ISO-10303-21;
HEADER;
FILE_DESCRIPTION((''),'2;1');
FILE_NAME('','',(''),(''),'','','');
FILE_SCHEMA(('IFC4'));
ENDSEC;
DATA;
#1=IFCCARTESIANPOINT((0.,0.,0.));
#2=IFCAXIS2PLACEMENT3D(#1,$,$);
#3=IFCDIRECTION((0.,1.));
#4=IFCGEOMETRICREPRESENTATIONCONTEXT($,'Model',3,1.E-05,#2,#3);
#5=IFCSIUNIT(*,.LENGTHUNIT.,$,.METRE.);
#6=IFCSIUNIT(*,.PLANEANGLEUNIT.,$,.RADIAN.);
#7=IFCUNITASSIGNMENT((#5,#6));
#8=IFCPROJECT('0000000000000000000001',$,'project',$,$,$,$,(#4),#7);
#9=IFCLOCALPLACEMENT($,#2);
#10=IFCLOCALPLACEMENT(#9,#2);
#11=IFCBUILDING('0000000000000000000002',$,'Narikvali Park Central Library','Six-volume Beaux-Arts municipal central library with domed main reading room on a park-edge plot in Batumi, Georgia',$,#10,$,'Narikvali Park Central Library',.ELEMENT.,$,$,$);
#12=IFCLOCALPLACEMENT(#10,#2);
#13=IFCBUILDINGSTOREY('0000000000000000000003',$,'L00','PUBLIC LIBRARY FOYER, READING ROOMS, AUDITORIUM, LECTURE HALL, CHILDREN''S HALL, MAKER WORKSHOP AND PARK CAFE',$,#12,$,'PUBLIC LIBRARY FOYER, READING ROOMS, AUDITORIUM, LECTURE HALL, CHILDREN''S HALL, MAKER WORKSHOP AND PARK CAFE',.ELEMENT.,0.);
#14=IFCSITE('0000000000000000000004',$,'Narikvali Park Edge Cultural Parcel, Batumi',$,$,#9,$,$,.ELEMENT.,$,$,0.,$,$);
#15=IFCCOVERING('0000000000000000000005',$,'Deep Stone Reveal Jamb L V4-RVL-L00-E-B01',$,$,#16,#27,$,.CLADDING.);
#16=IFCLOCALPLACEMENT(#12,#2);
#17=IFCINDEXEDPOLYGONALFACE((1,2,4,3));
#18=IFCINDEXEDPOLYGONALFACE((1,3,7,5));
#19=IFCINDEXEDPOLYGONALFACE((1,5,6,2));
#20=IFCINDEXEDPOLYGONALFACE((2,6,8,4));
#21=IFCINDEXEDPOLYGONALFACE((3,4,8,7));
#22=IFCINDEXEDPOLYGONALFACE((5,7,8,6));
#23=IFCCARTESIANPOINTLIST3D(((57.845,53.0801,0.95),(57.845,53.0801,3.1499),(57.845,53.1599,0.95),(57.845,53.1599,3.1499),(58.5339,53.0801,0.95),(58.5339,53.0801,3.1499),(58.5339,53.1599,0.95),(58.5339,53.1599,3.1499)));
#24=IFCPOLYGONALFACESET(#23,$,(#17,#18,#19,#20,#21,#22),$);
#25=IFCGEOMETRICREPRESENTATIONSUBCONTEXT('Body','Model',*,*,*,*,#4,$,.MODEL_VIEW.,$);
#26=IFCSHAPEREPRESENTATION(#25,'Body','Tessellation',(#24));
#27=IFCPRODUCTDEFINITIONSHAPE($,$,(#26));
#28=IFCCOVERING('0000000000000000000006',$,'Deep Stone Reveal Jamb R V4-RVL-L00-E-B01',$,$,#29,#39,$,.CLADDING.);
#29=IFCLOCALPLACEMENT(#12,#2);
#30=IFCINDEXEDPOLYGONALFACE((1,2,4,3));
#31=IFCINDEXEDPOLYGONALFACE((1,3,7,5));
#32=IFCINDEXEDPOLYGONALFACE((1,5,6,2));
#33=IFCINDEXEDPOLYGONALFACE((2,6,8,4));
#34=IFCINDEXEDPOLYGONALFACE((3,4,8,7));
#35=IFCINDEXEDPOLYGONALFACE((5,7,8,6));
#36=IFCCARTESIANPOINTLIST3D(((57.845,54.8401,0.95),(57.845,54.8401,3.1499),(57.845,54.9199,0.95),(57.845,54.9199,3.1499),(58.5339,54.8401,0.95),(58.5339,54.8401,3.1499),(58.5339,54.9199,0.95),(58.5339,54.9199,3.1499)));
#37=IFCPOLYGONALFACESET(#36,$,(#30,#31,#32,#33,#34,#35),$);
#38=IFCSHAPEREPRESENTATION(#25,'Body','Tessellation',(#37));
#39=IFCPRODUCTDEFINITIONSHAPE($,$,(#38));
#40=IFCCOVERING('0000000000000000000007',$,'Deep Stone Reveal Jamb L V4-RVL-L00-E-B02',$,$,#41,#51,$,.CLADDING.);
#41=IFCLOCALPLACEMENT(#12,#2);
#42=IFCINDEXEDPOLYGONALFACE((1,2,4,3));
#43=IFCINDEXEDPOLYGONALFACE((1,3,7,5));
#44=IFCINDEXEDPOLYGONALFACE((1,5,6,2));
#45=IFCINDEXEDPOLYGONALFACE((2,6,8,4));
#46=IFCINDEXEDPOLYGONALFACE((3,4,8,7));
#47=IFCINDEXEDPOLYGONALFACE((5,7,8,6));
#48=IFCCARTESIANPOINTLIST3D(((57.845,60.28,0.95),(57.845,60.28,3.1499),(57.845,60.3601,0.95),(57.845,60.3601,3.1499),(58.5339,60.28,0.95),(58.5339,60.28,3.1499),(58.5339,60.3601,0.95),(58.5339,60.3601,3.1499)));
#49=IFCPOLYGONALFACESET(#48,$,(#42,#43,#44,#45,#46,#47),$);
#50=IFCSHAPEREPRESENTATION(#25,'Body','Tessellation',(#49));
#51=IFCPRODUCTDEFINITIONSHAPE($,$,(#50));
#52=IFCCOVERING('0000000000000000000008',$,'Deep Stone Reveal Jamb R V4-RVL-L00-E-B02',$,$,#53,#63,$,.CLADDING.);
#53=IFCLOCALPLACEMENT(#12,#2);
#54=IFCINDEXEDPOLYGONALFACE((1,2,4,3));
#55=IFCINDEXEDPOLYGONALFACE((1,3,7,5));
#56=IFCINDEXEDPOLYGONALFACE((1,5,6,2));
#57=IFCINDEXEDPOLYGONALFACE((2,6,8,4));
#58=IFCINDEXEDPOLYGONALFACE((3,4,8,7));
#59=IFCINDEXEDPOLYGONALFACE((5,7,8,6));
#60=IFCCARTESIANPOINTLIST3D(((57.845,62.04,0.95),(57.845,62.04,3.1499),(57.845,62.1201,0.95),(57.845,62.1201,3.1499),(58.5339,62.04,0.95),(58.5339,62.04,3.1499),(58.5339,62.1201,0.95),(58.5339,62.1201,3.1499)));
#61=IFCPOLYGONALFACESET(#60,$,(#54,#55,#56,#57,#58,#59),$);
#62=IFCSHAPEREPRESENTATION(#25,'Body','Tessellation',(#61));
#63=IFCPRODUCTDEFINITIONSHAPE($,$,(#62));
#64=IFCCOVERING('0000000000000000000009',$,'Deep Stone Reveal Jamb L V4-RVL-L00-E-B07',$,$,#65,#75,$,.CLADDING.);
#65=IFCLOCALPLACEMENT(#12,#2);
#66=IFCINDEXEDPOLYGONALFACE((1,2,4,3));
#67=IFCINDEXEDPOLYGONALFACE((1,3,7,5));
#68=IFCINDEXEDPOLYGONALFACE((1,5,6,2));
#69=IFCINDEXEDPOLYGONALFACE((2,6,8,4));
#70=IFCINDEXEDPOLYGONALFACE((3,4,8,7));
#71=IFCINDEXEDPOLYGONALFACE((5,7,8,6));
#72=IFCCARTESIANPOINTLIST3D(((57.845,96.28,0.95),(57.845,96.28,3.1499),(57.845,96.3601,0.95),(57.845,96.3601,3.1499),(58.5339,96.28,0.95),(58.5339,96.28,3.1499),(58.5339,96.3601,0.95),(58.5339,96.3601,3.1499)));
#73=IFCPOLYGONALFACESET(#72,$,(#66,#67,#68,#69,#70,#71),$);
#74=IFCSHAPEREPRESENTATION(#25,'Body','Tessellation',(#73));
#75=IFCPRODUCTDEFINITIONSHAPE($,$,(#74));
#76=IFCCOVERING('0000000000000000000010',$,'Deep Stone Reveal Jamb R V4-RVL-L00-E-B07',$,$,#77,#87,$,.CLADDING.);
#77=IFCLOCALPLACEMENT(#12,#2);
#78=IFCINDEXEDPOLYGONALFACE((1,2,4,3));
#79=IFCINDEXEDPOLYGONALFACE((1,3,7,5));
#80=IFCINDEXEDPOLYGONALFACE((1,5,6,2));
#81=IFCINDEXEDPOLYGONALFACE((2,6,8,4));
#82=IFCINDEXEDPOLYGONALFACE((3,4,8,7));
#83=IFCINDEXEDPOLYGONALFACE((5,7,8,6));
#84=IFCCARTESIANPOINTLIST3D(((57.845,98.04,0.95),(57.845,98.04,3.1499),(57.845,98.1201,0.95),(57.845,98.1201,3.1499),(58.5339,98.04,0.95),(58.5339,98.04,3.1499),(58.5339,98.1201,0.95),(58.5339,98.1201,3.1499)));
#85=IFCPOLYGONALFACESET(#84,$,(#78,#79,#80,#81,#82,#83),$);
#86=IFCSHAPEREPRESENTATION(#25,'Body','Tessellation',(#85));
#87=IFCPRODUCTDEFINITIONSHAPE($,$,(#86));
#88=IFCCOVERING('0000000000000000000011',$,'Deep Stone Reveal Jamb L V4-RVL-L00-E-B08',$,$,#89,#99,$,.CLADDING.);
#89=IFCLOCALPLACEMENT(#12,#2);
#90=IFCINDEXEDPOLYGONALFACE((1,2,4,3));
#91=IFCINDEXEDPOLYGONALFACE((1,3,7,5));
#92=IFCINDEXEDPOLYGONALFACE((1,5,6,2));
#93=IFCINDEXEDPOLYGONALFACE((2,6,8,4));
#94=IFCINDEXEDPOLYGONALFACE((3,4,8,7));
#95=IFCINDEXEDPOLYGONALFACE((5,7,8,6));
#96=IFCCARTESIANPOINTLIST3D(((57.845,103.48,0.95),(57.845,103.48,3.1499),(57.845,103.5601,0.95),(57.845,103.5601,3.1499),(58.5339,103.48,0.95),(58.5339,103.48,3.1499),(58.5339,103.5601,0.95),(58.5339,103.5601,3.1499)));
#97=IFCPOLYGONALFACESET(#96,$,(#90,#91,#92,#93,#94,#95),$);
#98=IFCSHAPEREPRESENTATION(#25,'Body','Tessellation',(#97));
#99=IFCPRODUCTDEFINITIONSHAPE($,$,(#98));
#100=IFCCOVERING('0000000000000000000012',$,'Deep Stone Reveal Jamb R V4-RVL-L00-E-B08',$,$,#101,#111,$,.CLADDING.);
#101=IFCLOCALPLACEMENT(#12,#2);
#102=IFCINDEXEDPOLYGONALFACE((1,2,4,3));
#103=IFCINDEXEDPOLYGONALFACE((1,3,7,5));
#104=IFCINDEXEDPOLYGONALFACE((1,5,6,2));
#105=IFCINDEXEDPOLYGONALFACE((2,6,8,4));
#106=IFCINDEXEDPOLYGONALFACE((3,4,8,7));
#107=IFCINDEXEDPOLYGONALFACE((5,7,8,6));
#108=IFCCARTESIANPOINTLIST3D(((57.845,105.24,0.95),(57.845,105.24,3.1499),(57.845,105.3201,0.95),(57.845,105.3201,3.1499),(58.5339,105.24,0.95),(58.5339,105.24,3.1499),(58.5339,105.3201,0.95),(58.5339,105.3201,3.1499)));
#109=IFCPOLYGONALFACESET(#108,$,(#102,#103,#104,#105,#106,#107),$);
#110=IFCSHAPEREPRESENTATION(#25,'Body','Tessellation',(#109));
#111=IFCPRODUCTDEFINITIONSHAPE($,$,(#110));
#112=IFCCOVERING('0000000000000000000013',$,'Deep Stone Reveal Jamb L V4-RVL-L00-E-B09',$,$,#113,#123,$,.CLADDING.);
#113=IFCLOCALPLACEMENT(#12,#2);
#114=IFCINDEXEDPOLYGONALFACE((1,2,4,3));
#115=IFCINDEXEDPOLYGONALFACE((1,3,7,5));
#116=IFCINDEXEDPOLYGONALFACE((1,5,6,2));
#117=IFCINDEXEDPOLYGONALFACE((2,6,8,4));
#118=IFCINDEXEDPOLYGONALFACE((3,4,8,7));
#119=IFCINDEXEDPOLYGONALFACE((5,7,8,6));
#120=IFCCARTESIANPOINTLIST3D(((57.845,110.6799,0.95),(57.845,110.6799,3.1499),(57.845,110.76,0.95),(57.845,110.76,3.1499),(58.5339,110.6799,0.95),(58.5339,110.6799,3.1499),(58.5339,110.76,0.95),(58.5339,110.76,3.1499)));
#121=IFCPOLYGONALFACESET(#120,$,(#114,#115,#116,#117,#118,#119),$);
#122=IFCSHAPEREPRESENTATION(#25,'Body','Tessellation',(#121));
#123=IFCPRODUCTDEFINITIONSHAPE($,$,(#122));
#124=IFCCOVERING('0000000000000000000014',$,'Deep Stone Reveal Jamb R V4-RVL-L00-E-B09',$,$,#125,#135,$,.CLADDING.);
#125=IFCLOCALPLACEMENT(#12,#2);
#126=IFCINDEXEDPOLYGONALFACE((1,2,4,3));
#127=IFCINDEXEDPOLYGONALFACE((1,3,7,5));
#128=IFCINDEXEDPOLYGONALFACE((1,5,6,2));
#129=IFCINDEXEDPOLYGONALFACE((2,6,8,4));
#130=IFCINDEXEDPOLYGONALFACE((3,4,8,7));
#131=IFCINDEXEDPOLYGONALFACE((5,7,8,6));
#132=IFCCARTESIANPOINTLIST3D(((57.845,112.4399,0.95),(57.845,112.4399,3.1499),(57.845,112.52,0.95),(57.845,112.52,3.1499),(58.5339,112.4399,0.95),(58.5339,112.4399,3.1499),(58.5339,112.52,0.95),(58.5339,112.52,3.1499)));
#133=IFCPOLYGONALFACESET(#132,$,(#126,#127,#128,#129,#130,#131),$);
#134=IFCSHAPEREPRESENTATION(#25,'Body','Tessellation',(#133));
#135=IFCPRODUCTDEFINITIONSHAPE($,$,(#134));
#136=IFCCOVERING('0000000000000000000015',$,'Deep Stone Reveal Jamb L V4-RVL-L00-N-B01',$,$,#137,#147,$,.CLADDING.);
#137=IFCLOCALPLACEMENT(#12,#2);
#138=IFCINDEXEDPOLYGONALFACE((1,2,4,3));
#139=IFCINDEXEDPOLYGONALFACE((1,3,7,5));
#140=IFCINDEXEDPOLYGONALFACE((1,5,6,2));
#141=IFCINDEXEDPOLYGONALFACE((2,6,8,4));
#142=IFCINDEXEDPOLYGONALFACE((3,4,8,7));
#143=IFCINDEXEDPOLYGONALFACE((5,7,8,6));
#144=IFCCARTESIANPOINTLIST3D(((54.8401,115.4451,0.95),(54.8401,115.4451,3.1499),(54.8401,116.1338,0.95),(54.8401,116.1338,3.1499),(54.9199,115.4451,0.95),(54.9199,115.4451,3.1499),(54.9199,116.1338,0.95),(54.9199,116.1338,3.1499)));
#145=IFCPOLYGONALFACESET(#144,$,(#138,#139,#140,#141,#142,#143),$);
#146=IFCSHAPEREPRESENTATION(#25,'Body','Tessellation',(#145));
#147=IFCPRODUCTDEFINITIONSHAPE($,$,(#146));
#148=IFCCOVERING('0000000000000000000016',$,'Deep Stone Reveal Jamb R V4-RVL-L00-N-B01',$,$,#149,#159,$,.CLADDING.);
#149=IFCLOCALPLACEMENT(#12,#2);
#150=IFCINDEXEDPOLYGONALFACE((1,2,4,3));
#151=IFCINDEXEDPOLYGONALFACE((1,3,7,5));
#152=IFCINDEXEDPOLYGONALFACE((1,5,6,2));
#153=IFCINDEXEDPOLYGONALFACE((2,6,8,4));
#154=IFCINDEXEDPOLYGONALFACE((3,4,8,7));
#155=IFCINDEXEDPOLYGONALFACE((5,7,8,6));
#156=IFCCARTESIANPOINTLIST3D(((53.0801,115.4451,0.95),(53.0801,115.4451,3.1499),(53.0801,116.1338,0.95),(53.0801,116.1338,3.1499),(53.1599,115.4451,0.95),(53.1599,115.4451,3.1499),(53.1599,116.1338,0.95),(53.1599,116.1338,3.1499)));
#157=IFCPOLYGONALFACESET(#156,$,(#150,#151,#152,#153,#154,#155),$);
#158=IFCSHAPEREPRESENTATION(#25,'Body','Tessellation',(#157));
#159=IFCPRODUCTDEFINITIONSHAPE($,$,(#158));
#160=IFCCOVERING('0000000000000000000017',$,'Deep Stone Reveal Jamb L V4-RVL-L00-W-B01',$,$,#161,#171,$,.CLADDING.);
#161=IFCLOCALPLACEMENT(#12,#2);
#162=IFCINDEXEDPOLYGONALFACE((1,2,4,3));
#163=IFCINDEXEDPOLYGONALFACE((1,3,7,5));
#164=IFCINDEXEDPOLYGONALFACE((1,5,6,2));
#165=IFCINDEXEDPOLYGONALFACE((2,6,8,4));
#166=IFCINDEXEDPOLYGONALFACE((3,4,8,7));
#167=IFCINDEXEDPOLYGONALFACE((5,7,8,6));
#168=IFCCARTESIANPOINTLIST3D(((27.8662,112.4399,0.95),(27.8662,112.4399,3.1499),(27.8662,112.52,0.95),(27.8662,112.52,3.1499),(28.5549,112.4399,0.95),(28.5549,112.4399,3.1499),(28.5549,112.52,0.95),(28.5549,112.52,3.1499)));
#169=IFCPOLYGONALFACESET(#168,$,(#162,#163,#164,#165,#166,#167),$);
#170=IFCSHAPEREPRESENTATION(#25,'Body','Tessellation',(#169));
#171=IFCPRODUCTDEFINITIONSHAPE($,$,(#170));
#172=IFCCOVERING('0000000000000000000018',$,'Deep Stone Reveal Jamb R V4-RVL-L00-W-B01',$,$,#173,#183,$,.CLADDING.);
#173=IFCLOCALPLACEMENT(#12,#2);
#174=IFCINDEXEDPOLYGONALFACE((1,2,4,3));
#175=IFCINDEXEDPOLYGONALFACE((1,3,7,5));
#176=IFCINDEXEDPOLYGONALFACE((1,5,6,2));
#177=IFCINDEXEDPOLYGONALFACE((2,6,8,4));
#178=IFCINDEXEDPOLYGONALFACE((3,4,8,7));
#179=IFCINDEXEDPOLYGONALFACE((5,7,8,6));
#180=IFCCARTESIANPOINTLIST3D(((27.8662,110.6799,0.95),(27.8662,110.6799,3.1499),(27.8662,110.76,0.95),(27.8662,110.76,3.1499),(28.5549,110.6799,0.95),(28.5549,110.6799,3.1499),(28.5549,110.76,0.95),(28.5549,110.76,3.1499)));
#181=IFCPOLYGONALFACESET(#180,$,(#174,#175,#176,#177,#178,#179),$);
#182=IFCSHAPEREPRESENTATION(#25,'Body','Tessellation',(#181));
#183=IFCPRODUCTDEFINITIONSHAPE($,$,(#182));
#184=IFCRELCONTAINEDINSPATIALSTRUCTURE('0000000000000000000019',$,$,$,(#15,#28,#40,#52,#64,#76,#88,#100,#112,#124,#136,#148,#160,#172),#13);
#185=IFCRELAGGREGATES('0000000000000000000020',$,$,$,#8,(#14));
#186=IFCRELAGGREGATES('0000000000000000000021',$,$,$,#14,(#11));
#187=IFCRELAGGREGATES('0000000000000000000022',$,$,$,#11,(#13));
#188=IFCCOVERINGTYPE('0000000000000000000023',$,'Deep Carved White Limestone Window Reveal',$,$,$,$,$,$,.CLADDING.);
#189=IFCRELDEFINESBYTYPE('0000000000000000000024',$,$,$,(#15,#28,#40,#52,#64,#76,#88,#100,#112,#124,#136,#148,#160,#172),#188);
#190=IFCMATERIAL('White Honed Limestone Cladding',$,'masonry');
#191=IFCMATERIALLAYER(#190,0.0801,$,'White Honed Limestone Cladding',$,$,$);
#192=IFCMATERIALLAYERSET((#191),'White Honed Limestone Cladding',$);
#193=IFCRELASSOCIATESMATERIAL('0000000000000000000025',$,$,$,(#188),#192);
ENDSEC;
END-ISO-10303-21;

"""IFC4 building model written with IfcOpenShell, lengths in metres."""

from ifc_helpers import new_model, si_unit, direction, frame, origin, place, context, subcontext, project, spatial, polyline, outline, extrude, material, layer, layer_set, type_object, element, save


model = new_model("IFC4")

# Units and contexts
model_context = context("Model", 3, precision=1e-05, world=origin(), true_north=direction((0.0, 1.0)))
body_context = subcontext(model_context, "Body", "Model", "MODEL_VIEW")
ifc_project = project(units=[si_unit("LENGTHUNIT", "METRE"), si_unit("PLANEANGLEUNIT", "RADIAN")], contexts=[model_context])

# Site, building, storey
site_placement = place(None, origin())
site = spatial("IfcSite", under=ifc_project, at=site_placement, Name="Narikvali Park Edge Cultural Parcel, Batumi", CompositionType="ELEMENT", RefElevation=0.0)
building_placement = place(site_placement, origin())
building = spatial("IfcBuilding", under=site, at=building_placement, Name="Narikvali Park Central Library", Description="Six-volume Beaux-Arts municipal central library with domed main reading room on a park-edge plot in Batumi, Georgia", LongName="Narikvali Park Central Library", CompositionType="ELEMENT")
storey_placement = place(building_placement, origin())
storey = spatial("IfcBuildingStorey", under=building, at=storey_placement, Name="L00", Description="PUBLIC LIBRARY FOYER, READING ROOMS, AUDITORIUM, LECTURE HALL, CHILDREN'S HALL, MAKER WORKSHOP AND PARK CAFE", LongName="PUBLIC LIBRARY FOYER, READING ROOMS, AUDITORIUM, LECTURE HALL, CHILDREN'S HALL, MAKER WORKSHOP AND PARK CAFE", CompositionType="ELEMENT", Elevation=0.0)

# Coverings
ifc_material = material(Name="White Honed Limestone Cladding", Category="masonry")
ifc_layer = layer(ifc_material, 0.0801, Name="White Honed Limestone Cladding")
ifc_layer_set = layer_set([ifc_layer], Name="White Honed Limestone Cladding")
covering_type = type_object("IfcCoveringType", Name="Deep Carved White Limestone Window Reveal", PredefinedType="CLADDING", material=ifc_layer_set)
covering_1_placement = place(storey_placement, frame((0.0, 0.0, 0.95)))
element("IfcCovering", 1, at=covering_1_placement, inside=storey, type_object=covering_type, Name="Deep Stone Reveal Jamb L V4-RVL-L00-E-B01", PredefinedType="CLADDING", context=body_context, shape_type="SweptSolid", body=[
    extrude(outline(polyline([(57.845, 53.0801), (57.845, 53.1599), (58.5339, 53.1599), (58.5339, 53.0801), (57.845, 53.0801)])), origin(), (0.0, 0.0, 1.0), 2.2),
])
covering_2_placement = place(storey_placement, frame((0.0, 0.0, 0.95)))
element("IfcCovering", 2, at=covering_2_placement, inside=storey, type_object=covering_type, Name="Deep Stone Reveal Jamb R V4-RVL-L00-E-B01", PredefinedType="CLADDING", context=body_context, shape_type="SweptSolid", body=[
    extrude(outline(polyline([(57.845, 54.8401), (57.845, 54.9199), (58.5339, 54.9199), (58.5339, 54.8401), (57.845, 54.8401)])), origin(), (0.0, 0.0, 1.0), 2.2),
])
covering_3_placement = place(storey_placement, frame((0.0, 0.0, 0.95)))
element("IfcCovering", 3, at=covering_3_placement, inside=storey, type_object=covering_type, Name="Deep Stone Reveal Jamb L V4-RVL-L00-E-B02", PredefinedType="CLADDING", context=body_context, shape_type="SweptSolid", body=[
    extrude(outline(polyline([(57.845, 60.28), (57.845, 60.3601), (58.5339, 60.3601), (58.5339, 60.28), (57.845, 60.28)])), origin(), (0.0, 0.0, 1.0), 2.2),
])
covering_4_placement = place(storey_placement, frame((0.0, 0.0, 0.95)))
element("IfcCovering", 4, at=covering_4_placement, inside=storey, type_object=covering_type, Name="Deep Stone Reveal Jamb R V4-RVL-L00-E-B02", PredefinedType="CLADDING", context=body_context, shape_type="SweptSolid", body=[
    extrude(outline(polyline([(57.845, 62.04), (57.845, 62.1201), (58.5339, 62.1201), (58.5339, 62.04), (57.845, 62.04)])), origin(), (0.0, 0.0, 1.0), 2.2),
])
covering_5_placement = place(storey_placement, frame((0.0, 0.0, 0.95)))
element("IfcCovering", 5, at=covering_5_placement, inside=storey, type_object=covering_type, Name="Deep Stone Reveal Jamb L V4-RVL-L00-E-B07", PredefinedType="CLADDING", context=body_context, shape_type="SweptSolid", body=[
    extrude(outline(polyline([(57.845, 96.28), (57.845, 96.3601), (58.5339, 96.3601), (58.5339, 96.28), (57.845, 96.28)])), origin(), (0.0, 0.0, 1.0), 2.2),
])
covering_6_placement = place(storey_placement, frame((0.0, 0.0, 0.95)))
element("IfcCovering", 6, at=covering_6_placement, inside=storey, type_object=covering_type, Name="Deep Stone Reveal Jamb R V4-RVL-L00-E-B07", PredefinedType="CLADDING", context=body_context, shape_type="SweptSolid", body=[
    extrude(outline(polyline([(57.845, 98.04), (57.845, 98.1201), (58.5339, 98.1201), (58.5339, 98.04), (57.845, 98.04)])), origin(), (0.0, 0.0, 1.0), 2.2),
])
covering_7_placement = place(storey_placement, frame((0.0, 0.0, 0.95)))
element("IfcCovering", 7, at=covering_7_placement, inside=storey, type_object=covering_type, Name="Deep Stone Reveal Jamb L V4-RVL-L00-E-B08", PredefinedType="CLADDING", context=body_context, shape_type="SweptSolid", body=[
    extrude(outline(polyline([(57.845, 103.48), (57.845, 103.5601), (58.5339, 103.5601), (58.5339, 103.48), (57.845, 103.48)])), origin(), (0.0, 0.0, 1.0), 2.2),
])
covering_8_placement = place(storey_placement, frame((0.0, 0.0, 0.95)))
element("IfcCovering", 8, at=covering_8_placement, inside=storey, type_object=covering_type, Name="Deep Stone Reveal Jamb R V4-RVL-L00-E-B08", PredefinedType="CLADDING", context=body_context, shape_type="SweptSolid", body=[
    extrude(outline(polyline([(57.845, 105.24), (57.845, 105.3201), (58.5339, 105.3201), (58.5339, 105.24), (57.845, 105.24)])), origin(), (0.0, 0.0, 1.0), 2.2),
])
covering_9_placement = place(storey_placement, frame((0.0, 0.0, 0.95)))
element("IfcCovering", 9, at=covering_9_placement, inside=storey, type_object=covering_type, Name="Deep Stone Reveal Jamb L V4-RVL-L00-E-B09", PredefinedType="CLADDING", context=body_context, shape_type="SweptSolid", body=[
    extrude(outline(polyline([(57.845, 110.6799), (57.845, 110.76), (58.5339, 110.76), (58.5339, 110.6799), (57.845, 110.6799)])), origin(), (0.0, 0.0, 1.0), 2.2),
])
covering_10_placement = place(storey_placement, frame((0.0, 0.0, 0.95)))
element("IfcCovering", 10, at=covering_10_placement, inside=storey, type_object=covering_type, Name="Deep Stone Reveal Jamb R V4-RVL-L00-E-B09", PredefinedType="CLADDING", context=body_context, shape_type="SweptSolid", body=[
    extrude(outline(polyline([(57.845, 112.4399), (57.845, 112.52), (58.5339, 112.52), (58.5339, 112.4399), (57.845, 112.4399)])), origin(), (0.0, 0.0, 1.0), 2.2),
])
covering_11_placement = place(storey_placement, frame((0.0, 0.0, 0.95)))
element("IfcCovering", 11, at=covering_11_placement, inside=storey, type_object=covering_type, Name="Deep Stone Reveal Jamb L V4-RVL-L00-N-B01", PredefinedType="CLADDING", context=body_context, shape_type="SweptSolid", body=[
    extrude(outline(polyline([(54.9199, 115.4451), (54.8401, 115.4451), (54.8401, 116.1338), (54.9199, 116.1338), (54.9199, 115.4451)])), origin(), (0.0, 0.0, 1.0), 2.2),
])
covering_12_placement = place(storey_placement, frame((0.0, 0.0, 0.95)))
element("IfcCovering", 12, at=covering_12_placement, inside=storey, type_object=covering_type, Name="Deep Stone Reveal Jamb R V4-RVL-L00-N-B01", PredefinedType="CLADDING", context=body_context, shape_type="SweptSolid", body=[
    extrude(outline(polyline([(53.1599, 115.4451), (53.0801, 115.4451), (53.0801, 116.1338), (53.1599, 116.1338), (53.1599, 115.4451)])), origin(), (0.0, 0.0, 1.0), 2.2),
])
covering_13_placement = place(storey_placement, frame((0.0, 0.0, 0.95)))
element("IfcCovering", 13, at=covering_13_placement, inside=storey, type_object=covering_type, Name="Deep Stone Reveal Jamb L V4-RVL-L00-W-B01", PredefinedType="CLADDING", context=body_context, shape_type="SweptSolid", body=[
    extrude(outline(polyline([(28.5549, 112.52), (28.5549, 112.4399), (27.8662, 112.4399), (27.8662, 112.52), (28.5549, 112.52)])), origin(), (0.0, 0.0, 1.0), 2.2),
])
covering_14_placement = place(storey_placement, frame((0.0, 0.0, 0.95)))
element("IfcCovering", 14, at=covering_14_placement, inside=storey, type_object=covering_type, Name="Deep Stone Reveal Jamb R V4-RVL-L00-W-B01", PredefinedType="CLADDING", context=body_context, shape_type="SweptSolid", body=[
    extrude(outline(polyline([(28.5549, 110.76), (28.5549, 110.6799), (27.8662, 110.6799), (27.8662, 110.76), (28.5549, 110.76)])), origin(), (0.0, 0.0, 1.0), 2.2),
])

save(model, "model.ifc")
